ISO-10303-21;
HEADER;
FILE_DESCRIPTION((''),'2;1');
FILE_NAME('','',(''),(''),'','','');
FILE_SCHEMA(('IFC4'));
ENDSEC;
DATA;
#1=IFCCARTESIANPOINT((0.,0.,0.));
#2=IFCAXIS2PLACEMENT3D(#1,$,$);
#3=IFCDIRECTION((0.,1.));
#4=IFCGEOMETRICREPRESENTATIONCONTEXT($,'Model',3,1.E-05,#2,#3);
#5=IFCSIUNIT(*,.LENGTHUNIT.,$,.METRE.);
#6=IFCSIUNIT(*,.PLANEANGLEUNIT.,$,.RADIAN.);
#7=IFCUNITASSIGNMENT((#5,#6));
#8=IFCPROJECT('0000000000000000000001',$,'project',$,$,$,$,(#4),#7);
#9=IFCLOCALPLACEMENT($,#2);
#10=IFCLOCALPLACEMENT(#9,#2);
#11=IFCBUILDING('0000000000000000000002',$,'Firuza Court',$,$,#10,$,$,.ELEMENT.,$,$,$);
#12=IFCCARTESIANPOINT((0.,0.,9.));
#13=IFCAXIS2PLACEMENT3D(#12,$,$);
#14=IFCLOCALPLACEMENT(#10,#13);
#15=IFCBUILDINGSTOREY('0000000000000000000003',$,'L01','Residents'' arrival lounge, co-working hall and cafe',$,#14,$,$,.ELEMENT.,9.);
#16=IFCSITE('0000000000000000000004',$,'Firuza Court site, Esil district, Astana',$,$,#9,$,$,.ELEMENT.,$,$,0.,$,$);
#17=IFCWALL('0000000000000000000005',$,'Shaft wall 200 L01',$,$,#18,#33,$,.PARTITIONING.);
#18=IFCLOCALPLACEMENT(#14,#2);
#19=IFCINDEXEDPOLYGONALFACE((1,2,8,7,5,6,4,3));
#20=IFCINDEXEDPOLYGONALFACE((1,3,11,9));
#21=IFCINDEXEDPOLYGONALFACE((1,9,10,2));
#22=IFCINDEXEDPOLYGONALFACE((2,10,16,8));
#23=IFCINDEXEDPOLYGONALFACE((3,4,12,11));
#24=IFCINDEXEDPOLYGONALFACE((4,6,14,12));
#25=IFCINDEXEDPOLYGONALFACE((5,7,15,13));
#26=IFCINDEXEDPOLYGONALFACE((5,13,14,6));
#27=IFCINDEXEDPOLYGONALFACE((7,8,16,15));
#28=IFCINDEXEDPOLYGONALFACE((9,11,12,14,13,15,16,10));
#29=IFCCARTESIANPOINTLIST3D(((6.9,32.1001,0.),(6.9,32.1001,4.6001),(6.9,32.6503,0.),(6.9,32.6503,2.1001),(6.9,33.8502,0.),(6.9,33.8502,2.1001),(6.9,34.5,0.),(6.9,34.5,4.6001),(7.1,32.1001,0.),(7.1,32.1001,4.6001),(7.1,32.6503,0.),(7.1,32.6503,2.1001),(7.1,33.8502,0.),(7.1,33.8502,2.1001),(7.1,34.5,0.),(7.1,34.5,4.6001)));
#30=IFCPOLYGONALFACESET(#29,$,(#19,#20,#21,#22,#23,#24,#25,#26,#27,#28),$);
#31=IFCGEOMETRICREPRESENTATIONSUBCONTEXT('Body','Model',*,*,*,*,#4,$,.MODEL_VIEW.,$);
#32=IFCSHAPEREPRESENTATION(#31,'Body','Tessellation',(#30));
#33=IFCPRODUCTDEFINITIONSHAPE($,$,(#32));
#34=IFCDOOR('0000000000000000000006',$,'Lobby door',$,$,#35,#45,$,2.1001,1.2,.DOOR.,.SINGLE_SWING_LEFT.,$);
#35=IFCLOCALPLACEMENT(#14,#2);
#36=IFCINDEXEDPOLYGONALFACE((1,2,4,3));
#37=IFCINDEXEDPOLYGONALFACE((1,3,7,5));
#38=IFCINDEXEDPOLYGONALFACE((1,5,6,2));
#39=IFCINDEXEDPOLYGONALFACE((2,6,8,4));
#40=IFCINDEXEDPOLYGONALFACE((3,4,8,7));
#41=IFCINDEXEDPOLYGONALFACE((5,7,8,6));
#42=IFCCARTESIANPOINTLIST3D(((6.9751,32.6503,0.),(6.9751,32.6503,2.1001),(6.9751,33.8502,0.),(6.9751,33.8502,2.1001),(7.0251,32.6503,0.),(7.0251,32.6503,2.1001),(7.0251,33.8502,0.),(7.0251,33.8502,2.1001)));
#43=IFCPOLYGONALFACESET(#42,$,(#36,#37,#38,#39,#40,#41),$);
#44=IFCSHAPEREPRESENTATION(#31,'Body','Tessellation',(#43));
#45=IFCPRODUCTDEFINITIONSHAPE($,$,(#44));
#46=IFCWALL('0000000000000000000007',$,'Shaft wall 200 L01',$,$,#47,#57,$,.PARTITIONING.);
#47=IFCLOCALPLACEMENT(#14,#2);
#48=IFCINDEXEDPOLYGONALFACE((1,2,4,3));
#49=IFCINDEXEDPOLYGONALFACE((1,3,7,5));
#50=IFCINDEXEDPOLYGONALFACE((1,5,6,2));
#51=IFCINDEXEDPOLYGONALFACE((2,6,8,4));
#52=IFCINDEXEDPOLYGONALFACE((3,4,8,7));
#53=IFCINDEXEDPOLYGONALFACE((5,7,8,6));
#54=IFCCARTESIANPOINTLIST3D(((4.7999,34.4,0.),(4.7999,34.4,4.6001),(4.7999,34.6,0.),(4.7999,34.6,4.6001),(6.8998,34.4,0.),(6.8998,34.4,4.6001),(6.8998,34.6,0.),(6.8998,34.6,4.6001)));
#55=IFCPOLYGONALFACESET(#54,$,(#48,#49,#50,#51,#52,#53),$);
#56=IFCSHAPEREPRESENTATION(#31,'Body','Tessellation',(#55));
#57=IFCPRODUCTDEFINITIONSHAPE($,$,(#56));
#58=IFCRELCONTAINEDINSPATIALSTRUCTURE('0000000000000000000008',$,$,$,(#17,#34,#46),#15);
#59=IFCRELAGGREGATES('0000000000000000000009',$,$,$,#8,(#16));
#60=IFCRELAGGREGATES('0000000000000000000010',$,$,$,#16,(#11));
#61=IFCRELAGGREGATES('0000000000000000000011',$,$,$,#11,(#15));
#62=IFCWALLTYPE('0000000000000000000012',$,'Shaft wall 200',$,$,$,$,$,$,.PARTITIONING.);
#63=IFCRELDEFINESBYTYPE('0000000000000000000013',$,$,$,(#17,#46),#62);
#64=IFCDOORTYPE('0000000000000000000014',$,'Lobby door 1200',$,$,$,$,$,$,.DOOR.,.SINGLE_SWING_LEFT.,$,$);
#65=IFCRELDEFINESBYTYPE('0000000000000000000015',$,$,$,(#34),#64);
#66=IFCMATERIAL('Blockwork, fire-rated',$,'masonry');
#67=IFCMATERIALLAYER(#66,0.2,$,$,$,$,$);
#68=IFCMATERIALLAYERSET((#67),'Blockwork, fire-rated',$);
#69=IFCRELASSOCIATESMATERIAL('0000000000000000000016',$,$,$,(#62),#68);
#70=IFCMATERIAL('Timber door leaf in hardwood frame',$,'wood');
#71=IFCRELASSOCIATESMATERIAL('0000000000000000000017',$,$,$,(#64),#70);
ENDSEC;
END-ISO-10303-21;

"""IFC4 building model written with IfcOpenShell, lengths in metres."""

from ifc_helpers import new_model, si_unit, direction, frame, frame_2d, origin, place, context, subcontext, project, spatial, rectangle, extrude, material, layer, layer_set, type_object, element, fill, save


model = new_model("IFC4")

# Units and contexts
model_context = context("Model", 3, precision=1e-05, world=origin(), true_north=direction((0.0, 1.0)))
body_context = subcontext(model_context, "Body", "Model", "MODEL_VIEW")
ifc_project = project(units=[si_unit("LENGTHUNIT", "METRE"), si_unit("PLANEANGLEUNIT", "RADIAN")], contexts=[model_context])

# Site, building, storey
site_placement = place(None, origin())
site = spatial("IfcSite", under=ifc_project, at=site_placement, Name="Firuza Court site, Esil district, Astana", CompositionType="ELEMENT", RefElevation=0.0)
building_placement = place(site_placement, origin())
building = spatial("IfcBuilding", under=site, at=building_placement, Name="Firuza Court", CompositionType="ELEMENT")
storey_placement = place(building_placement, frame((0.0, 0.0, 9.0)))
storey = spatial("IfcBuildingStorey", under=building, at=storey_placement, Name="L01", Description="Residents' arrival lounge, co-working hall and cafe", CompositionType="ELEMENT", Elevation=9.0)

# Shared definitions
ifc_material_1 = material(Name="Blockwork, fire-rated", Category="masonry")
ifc_layer_1 = layer(ifc_material_1, 0.2)
ifc_layer_set_1 = layer_set([ifc_layer_1], Name="Blockwork, fire-rated")
wall_type_1 = type_object("IfcWallType", Name="Shaft wall 200", PredefinedType="PARTITIONING", material=ifc_layer_set_1)

# Wall, opening, door
wall_1_placement = place(storey_placement, frame((7.0, 32.1001, 0.0), z_axis=(0.0, 0.0, 1.0), x_axis=(0.0, 1.0, 0.0)))
wall_1 = element("IfcWall", 1, at=wall_1_placement, inside=storey, type_object=wall_type_1, Name="Shaft wall 200 L01", PredefinedType="PARTITIONING", context=body_context, shape_type="SweptSolid", body=[
    extrude(rectangle(XDim=2.3999, YDim=0.2, at=frame_2d((1.2, 0.0))), origin(), (0.0, 0.0, 1.0), 4.6001),
])
opening_1_placement = place(wall_1_placement, frame((0.55, 0.0, 0.0)))
opening_1 = element("IfcOpeningElement", 2, at=opening_1_placement, cuts=wall_1, PredefinedType="OPENING", context=body_context, shape_type="SweptSolid", body=[
    extrude(rectangle(XDim=1.2, YDim=2.1001, at=frame_2d((0.6001, 1.05))), frame((0.0, 0.1118, 0.0), z_axis=(0.0, -1.0, 0.0), x_axis=(1.0, 0.0, 0.0)), (0.0, 0.0, 1.0), 0.2239),
])
ifc_material_2 = material(Name="Timber door leaf in hardwood frame", Category="wood")
door_type_1 = type_object("IfcDoorType", Name="Lobby door 1200", OperationType="SINGLE_SWING_LEFT", PredefinedType="DOOR", material=ifc_material_2)
door_1_placement = place(opening_1_placement, origin())
door_1 = element("IfcDoor", 3, at=door_1_placement, inside=storey, type_object=door_type_1, Name="Lobby door", OperationType="SINGLE_SWING_LEFT", OverallHeight=2.1001, OverallWidth=1.2, PredefinedType="DOOR", context=body_context, shape_type="SweptSolid", body=[
    extrude(rectangle(XDim=1.2, YDim=2.1001, at=frame_2d((0.6001, 1.05))), frame((0.0, 0.0249, 0.0), z_axis=(0.0, -1.0, 0.0), x_axis=(1.0, 0.0, 0.0)), (0.0, 0.0, 1.0), 0.05),
])
fill(opening_1, door_1)

# Wall
wall_2_placement = place(storey_placement, frame((4.8, 34.5, 0.0), z_axis=(0.0, 0.0, 1.0), x_axis=(1.0, 0.0, 0.0)))
element("IfcWall", 4, at=wall_2_placement, inside=storey, type_object=wall_type_1, Name="Shaft wall 200 L01", PredefinedType="PARTITIONING", context=body_context, shape_type="SweptSolid", body=[
    extrude(rectangle(XDim=2.0999, YDim=0.2, at=frame_2d((1.0498, 0.0))), origin(), (0.0, 0.0, 1.0), 4.6001),
])

save(model, "model.ifc")
